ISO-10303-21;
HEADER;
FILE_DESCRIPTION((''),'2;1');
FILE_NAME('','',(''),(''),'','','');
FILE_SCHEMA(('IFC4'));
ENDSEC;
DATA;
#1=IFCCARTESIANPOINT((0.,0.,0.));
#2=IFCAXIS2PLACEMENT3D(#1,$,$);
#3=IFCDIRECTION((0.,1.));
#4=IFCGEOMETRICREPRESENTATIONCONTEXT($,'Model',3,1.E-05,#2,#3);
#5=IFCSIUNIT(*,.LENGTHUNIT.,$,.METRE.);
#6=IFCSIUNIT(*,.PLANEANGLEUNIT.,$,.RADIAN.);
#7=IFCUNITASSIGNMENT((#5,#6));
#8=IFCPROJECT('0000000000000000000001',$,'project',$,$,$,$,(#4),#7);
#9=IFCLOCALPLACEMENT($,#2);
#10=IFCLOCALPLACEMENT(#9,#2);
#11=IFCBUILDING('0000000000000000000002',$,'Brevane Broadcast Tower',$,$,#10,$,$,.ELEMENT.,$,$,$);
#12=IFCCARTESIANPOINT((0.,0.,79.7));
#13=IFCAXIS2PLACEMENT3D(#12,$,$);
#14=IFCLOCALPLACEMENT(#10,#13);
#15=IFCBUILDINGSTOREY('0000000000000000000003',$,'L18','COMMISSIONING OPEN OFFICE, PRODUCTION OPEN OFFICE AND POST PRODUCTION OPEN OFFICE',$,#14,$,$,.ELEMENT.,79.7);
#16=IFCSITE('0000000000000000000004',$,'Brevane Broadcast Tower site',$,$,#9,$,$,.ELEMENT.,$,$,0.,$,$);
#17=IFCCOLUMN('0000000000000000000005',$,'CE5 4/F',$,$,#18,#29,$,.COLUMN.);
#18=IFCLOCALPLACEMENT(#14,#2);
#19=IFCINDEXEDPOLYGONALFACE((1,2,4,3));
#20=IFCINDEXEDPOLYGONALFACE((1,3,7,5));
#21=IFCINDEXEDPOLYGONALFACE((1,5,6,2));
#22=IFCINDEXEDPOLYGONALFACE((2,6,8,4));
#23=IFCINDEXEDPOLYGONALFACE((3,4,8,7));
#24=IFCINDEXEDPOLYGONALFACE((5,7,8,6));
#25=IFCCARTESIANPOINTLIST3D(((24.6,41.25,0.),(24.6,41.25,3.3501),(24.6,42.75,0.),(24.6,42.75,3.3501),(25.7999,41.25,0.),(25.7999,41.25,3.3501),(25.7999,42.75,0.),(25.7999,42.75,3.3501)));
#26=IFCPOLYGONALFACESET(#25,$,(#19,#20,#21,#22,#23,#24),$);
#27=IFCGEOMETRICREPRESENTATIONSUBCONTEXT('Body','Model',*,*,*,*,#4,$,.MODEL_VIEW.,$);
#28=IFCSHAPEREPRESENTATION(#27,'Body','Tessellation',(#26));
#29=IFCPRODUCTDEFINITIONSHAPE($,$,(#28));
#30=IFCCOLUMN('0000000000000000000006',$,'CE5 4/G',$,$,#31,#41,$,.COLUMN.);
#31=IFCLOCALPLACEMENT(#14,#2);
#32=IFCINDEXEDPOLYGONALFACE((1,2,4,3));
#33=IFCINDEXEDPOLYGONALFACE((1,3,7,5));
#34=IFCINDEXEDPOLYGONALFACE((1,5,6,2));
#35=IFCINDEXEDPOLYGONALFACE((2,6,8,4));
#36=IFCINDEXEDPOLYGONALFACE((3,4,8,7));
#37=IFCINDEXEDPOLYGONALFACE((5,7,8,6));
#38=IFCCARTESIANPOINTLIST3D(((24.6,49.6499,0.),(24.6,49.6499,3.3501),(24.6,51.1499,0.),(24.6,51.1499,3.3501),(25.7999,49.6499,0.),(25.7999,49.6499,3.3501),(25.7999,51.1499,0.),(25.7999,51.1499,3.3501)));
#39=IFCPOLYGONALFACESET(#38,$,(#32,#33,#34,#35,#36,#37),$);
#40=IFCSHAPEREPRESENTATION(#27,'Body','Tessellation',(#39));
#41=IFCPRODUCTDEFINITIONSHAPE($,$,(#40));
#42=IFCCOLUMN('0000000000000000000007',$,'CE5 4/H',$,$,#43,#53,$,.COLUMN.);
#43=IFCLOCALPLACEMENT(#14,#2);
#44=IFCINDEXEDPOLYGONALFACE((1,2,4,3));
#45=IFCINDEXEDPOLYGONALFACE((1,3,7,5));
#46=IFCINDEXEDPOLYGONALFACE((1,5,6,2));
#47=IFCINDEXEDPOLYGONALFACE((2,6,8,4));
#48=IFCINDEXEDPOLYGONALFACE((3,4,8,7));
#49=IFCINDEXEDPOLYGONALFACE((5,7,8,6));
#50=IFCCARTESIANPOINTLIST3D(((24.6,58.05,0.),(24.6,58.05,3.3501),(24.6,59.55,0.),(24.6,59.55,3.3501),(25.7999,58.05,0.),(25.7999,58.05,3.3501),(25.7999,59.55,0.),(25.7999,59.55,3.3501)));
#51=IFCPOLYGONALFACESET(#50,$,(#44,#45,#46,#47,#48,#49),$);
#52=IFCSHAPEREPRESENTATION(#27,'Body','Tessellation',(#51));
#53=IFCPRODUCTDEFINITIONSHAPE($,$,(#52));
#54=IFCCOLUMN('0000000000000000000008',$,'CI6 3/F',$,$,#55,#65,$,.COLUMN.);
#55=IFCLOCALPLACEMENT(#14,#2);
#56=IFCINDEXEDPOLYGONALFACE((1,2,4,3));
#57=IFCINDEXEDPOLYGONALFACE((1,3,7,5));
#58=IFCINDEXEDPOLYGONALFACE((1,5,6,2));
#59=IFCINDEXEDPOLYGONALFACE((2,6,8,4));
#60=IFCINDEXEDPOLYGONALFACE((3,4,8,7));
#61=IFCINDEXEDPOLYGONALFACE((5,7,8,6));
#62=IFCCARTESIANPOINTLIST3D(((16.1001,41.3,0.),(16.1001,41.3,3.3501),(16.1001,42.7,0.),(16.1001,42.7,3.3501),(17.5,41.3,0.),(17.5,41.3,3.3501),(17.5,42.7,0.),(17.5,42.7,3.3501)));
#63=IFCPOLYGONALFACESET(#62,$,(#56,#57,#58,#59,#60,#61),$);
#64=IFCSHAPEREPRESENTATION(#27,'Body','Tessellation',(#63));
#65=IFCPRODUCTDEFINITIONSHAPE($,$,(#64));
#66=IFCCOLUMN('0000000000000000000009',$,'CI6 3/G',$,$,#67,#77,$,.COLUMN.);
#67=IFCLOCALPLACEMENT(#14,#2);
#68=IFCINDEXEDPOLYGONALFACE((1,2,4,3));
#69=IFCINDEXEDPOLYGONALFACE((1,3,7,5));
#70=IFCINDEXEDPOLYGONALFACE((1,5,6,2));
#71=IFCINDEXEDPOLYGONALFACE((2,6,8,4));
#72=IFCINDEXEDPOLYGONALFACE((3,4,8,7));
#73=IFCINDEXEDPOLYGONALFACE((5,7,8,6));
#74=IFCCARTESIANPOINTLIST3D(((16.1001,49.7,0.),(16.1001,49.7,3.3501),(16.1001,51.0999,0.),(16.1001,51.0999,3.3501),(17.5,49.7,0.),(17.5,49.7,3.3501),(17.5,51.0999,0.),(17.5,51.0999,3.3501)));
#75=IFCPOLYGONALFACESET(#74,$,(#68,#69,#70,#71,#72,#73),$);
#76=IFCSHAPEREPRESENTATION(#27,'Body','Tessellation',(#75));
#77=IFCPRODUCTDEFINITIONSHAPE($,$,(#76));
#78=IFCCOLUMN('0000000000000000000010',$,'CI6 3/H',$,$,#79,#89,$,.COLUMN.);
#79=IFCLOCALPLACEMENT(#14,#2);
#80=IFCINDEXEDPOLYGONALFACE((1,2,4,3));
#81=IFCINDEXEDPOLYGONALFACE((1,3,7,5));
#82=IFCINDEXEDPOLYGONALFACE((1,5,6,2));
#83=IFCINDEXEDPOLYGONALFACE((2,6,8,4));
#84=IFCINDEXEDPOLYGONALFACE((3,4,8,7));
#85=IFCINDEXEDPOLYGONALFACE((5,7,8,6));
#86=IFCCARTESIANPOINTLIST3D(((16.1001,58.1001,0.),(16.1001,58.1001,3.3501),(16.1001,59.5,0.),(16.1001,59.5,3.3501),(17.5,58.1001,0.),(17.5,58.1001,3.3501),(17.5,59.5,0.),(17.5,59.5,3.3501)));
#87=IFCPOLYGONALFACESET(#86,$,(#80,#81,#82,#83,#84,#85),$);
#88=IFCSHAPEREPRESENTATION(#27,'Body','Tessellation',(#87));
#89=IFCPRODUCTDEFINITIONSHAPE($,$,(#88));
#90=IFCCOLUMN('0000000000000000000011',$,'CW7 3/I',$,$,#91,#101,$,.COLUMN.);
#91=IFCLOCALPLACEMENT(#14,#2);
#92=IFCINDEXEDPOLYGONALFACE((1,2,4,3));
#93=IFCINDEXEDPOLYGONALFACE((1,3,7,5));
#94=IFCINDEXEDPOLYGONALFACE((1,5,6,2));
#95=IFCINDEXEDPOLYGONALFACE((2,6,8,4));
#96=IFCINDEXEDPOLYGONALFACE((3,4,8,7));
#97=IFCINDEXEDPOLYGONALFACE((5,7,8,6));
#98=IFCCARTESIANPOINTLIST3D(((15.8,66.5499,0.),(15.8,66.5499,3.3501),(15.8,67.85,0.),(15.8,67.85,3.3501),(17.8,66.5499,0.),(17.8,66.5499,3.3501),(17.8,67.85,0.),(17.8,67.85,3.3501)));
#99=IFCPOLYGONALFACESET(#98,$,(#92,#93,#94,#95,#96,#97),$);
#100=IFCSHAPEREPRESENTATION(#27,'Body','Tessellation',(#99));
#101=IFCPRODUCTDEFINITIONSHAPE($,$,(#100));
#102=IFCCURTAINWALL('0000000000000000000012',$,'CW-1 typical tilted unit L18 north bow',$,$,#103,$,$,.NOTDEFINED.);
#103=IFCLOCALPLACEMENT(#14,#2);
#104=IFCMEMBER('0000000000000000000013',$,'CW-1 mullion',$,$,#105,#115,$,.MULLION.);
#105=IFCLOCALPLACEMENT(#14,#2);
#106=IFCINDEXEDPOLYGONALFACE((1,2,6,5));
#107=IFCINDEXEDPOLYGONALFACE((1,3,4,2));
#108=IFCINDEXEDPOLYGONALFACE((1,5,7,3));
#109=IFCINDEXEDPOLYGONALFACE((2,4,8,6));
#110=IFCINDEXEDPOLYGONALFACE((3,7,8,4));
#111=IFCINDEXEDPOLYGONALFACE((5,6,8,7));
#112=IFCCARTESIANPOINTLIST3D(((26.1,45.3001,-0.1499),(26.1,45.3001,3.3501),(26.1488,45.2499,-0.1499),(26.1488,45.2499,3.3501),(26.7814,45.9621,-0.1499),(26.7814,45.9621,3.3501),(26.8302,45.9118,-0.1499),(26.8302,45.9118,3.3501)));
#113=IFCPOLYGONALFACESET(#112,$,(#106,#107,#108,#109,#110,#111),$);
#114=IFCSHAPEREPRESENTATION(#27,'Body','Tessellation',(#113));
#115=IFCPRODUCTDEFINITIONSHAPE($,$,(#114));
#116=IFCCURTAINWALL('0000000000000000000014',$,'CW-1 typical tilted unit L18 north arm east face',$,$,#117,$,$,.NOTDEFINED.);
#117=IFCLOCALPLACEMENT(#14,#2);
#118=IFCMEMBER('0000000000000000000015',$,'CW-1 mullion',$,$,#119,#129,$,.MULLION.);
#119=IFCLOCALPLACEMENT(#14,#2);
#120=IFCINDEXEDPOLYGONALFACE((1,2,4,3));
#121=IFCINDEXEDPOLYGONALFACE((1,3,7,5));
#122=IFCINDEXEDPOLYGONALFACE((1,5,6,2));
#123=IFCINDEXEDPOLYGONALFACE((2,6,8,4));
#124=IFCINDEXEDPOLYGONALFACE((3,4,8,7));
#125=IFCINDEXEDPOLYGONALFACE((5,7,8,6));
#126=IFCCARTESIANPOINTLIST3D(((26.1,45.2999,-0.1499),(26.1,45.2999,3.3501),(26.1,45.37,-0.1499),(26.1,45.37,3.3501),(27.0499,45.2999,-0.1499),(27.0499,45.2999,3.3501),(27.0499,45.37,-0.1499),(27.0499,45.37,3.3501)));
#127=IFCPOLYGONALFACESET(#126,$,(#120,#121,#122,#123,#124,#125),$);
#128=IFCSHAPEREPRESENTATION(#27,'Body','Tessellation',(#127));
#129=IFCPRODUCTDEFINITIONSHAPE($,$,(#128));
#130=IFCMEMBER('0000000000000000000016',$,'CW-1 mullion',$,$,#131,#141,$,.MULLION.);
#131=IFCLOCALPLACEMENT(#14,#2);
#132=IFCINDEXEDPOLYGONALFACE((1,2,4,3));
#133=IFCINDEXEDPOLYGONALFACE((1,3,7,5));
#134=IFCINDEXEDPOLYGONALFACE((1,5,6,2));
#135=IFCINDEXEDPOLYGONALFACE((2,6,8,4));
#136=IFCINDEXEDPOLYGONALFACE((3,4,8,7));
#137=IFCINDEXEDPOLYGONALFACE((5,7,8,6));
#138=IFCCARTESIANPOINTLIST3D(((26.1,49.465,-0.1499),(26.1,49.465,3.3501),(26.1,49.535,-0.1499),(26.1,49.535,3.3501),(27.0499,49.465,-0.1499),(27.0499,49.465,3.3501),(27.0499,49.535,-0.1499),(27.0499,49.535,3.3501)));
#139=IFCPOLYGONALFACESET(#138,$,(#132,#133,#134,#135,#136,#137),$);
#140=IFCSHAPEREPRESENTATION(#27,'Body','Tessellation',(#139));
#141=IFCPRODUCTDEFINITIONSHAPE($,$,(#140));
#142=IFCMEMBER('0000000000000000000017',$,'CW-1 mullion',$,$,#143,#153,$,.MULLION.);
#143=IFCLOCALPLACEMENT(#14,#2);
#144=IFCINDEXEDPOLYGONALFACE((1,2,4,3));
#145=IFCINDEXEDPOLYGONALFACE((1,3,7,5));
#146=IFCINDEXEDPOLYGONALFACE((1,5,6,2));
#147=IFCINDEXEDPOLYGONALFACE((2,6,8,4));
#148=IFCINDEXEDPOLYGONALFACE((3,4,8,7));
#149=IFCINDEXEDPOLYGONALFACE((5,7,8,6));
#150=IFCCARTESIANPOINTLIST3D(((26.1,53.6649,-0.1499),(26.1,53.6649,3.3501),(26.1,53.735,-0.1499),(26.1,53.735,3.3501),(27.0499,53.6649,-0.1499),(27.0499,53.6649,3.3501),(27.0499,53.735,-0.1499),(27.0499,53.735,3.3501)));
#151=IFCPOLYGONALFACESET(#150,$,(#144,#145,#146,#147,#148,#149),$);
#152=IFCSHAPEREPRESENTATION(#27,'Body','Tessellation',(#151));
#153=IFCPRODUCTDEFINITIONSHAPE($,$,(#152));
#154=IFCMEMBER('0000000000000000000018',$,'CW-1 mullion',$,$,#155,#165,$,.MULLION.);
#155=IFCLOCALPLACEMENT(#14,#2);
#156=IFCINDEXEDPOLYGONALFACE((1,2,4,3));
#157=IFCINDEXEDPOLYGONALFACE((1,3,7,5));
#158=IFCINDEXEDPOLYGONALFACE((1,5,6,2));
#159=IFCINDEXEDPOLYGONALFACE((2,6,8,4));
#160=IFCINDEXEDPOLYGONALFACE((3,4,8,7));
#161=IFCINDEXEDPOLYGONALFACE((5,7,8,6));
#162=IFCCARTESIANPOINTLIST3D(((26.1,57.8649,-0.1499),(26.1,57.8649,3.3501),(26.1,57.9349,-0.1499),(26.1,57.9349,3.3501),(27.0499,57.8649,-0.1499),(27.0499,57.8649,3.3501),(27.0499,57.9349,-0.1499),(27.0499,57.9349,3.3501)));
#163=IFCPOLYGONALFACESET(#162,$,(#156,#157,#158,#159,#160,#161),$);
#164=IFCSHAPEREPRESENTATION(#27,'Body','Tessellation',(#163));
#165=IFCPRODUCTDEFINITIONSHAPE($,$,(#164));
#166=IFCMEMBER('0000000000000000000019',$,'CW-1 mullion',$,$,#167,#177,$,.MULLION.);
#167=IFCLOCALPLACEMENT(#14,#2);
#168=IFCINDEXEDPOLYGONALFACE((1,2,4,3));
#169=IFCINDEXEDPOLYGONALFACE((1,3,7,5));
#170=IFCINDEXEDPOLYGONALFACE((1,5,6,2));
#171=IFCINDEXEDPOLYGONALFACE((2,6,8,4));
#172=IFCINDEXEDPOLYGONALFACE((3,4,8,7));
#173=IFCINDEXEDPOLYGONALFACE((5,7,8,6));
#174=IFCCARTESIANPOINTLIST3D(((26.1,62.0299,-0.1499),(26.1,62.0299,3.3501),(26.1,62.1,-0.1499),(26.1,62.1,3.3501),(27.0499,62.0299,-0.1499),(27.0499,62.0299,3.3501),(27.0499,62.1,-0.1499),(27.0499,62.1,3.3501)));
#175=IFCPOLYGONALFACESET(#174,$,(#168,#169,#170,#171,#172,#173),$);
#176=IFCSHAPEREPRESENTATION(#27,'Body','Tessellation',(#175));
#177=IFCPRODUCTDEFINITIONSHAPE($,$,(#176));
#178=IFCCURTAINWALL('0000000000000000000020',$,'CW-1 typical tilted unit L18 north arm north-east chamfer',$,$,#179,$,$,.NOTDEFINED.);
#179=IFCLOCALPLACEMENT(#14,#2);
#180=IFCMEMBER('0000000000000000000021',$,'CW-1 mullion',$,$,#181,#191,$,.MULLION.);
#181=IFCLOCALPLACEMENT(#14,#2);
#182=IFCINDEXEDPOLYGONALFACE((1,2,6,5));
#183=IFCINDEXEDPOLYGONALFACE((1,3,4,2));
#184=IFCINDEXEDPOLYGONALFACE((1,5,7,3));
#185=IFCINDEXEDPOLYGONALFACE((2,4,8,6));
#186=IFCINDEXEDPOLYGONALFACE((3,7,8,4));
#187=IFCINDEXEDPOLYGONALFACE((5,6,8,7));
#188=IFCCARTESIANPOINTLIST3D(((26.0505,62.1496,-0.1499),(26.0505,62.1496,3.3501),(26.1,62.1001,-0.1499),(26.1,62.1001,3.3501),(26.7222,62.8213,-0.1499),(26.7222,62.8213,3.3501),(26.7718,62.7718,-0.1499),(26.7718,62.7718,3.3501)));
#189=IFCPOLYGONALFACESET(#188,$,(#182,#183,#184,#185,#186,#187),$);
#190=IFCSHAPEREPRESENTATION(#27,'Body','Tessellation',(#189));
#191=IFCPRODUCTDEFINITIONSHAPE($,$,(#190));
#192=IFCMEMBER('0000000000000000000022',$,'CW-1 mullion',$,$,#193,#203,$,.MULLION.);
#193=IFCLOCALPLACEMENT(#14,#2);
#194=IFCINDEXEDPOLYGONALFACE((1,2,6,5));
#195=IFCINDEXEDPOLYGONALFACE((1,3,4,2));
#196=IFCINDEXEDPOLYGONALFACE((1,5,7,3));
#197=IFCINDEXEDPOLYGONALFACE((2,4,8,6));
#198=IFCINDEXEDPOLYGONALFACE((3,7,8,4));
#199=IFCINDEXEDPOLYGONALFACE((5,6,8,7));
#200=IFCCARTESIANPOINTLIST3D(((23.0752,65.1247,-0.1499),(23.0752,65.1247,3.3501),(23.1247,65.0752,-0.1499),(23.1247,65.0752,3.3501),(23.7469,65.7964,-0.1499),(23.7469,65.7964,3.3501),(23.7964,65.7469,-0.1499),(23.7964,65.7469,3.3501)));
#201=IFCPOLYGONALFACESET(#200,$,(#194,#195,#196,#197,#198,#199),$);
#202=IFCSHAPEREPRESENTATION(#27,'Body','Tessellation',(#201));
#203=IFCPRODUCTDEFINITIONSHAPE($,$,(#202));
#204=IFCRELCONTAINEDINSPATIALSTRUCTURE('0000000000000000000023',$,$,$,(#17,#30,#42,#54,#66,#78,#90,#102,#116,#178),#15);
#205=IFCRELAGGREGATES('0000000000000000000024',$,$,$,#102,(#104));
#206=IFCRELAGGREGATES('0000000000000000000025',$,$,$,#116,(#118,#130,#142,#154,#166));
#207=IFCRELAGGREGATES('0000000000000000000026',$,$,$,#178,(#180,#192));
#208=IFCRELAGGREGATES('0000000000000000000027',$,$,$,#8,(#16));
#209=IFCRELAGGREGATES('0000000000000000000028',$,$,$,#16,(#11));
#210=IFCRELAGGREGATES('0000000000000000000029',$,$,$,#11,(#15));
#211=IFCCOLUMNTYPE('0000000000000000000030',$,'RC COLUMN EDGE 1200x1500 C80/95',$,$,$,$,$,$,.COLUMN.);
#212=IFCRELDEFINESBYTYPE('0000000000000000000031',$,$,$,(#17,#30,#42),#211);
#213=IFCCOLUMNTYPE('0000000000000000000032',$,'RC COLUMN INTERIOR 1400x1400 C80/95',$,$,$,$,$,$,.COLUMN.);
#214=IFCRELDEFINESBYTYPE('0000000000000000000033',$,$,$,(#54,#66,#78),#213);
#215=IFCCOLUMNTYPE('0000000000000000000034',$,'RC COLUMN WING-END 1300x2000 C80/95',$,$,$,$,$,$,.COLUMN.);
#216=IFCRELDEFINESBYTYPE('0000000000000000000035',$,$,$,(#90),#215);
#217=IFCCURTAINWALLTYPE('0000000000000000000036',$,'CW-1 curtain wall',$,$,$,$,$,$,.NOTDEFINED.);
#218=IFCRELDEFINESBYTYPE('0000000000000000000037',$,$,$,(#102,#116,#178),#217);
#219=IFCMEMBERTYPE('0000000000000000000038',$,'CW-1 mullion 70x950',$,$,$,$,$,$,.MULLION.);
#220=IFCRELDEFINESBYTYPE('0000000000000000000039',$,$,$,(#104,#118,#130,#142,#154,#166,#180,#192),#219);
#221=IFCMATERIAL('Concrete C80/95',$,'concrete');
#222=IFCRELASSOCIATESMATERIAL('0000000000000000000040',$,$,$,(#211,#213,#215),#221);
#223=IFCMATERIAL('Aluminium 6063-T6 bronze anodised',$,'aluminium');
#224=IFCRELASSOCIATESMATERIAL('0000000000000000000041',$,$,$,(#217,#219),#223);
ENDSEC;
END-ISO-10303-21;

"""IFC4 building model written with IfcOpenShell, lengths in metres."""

from ifc_helpers import new_model, si_unit, direction, frame, origin, origin_2d, place, context, subcontext, project, spatial, rectangle, extrude, material, material_profile, profile_set, type_object, element, aggregate, save


model = new_model("IFC4")

# Units and contexts
model_context = context("Model", 3, precision=1e-05, world=origin(), true_north=direction((0.0, 1.0)))
body_context = subcontext(model_context, "Body", "Model", "MODEL_VIEW")
ifc_project = project(units=[si_unit("LENGTHUNIT", "METRE"), si_unit("PLANEANGLEUNIT", "RADIAN")], contexts=[model_context])

# Site, building, storey
site_placement = place(None, origin())
site = spatial("IfcSite", under=ifc_project, at=site_placement, Name="Brevane Broadcast Tower site", CompositionType="ELEMENT", RefElevation=0.0)
building_placement = place(site_placement, origin())
building = spatial("IfcBuilding", under=site, at=building_placement, Name="Brevane Broadcast Tower", CompositionType="ELEMENT")
storey_placement = place(building_placement, frame((0.0, 0.0, 79.7)))
storey = spatial("IfcBuildingStorey", under=building, at=storey_placement, Name="L18", Description="COMMISSIONING OPEN OFFICE, PRODUCTION OPEN OFFICE AND POST PRODUCTION OPEN OFFICE", CompositionType="ELEMENT", Elevation=79.7)

# Columns
ifc_material_1 = material(Name="Concrete C80/95", Category="concrete")
ifc_material_profile_1 = material_profile(ifc_material_1, rectangle(XDim=1.2, YDim=1.5, at=origin_2d()), Name="RC 1200x1500")
ifc_profile_set_1 = profile_set([ifc_material_profile_1], Name="Concrete C80/95")
column_type_1 = type_object("IfcColumnType", Name="RC COLUMN EDGE 1200x1500 C80/95", PredefinedType="COLUMN", material=ifc_profile_set_1)
for number, where, z_axis, x_axis, name in (
    (1, (25.2, 42.0, 0.0), (0.0, 0.0, 1.0), (1.0, 0.0, 0.0), "CE5 4/F"),
    (2, (25.2, 50.3999, 0.0), (0.0, 0.0, 1.0), (1.0, 0.0, 0.0), "CE5 4/G"),
    (3, (25.2, 58.8, 0.0), (0.0, 0.0, 1.0), (1.0, 0.0, 0.0), "CE5 4/H"),
):
    element("IfcColumn", number, at=place(storey_placement, frame(where, z_axis=z_axis, x_axis=x_axis)), inside=storey, type_object=column_type_1, Name=name, PredefinedType="COLUMN", context=body_context, shape_type="SweptSolid", body=[
        extrude(rectangle(XDim=1.2, YDim=1.5, at=origin_2d()), origin(), (0.0, 0.0, 1.0), 3.3501),
    ])
ifc_material_profile_2 = material_profile(ifc_material_1, rectangle(XDim=1.3999, YDim=1.3999, at=origin_2d()), Name="RC 1400x1400")
ifc_profile_set_2 = profile_set([ifc_material_profile_2], Name="Concrete C80/95")
column_type_2 = type_object("IfcColumnType", Name="RC COLUMN INTERIOR 1400x1400 C80/95", PredefinedType="COLUMN", material=ifc_profile_set_2)
for number, where, z_axis, x_axis, name in (
    (4, (16.8, 42.0, 0.0), (0.0, 0.0, 1.0), (1.0, 0.0, 0.0), "CI6 3/F"),
    (5, (16.8, 50.3999, 0.0), (0.0, 0.0, 1.0), (1.0, 0.0, 0.0), "CI6 3/G"),
    (6, (16.8, 58.8, 0.0), (0.0, 0.0, 1.0), (1.0, 0.0, 0.0), "CI6 3/H"),
):
    element("IfcColumn", number, at=place(storey_placement, frame(where, z_axis=z_axis, x_axis=x_axis)), inside=storey, type_object=column_type_2, Name=name, PredefinedType="COLUMN", context=body_context, shape_type="SweptSolid", body=[
        extrude(rectangle(XDim=1.3999, YDim=1.3999, at=origin_2d()), origin(), (0.0, 0.0, 1.0), 3.3501),
    ])
ifc_material_profile_3 = material_profile(ifc_material_1, rectangle(XDim=1.3, YDim=2.0, at=origin_2d()), Name="RC 1300x2000")
ifc_profile_set_3 = profile_set([ifc_material_profile_3], Name="Concrete C80/95")
column_type_3 = type_object("IfcColumnType", Name="RC COLUMN WING-END 1300x2000 C80/95", PredefinedType="COLUMN", material=ifc_profile_set_3)
column_placement = place(storey_placement, frame((16.8, 67.2, 0.0), z_axis=(0.0, 0.0, 1.0), x_axis=(0.0, 1.0, 0.0)))
element("IfcColumn", 7, at=column_placement, inside=storey, type_object=column_type_3, Name="CW7 3/I", PredefinedType="COLUMN", context=body_context, shape_type="SweptSolid", body=[
    extrude(rectangle(XDim=1.3, YDim=2.0, at=origin_2d()), origin(), (0.0, 0.0, 1.0), 3.3501),
])

# Curtain wall, member
ifc_material_2 = material(Name="Aluminium 6063-T6 bronze anodised", Category="aluminium")
curtain_wall_type = type_object("IfcCurtainWallType", Name="CW-1 curtain wall", PredefinedType="NOTDEFINED", material=ifc_material_2)
curtain_wall_1_placement = place(storey_placement, origin())
curtain_wall_1 = element("IfcCurtainWall", 8, at=curtain_wall_1_placement, inside=storey, type_object=curtain_wall_type, Name="CW-1 typical tilted unit L18 north bow", PredefinedType="NOTDEFINED")
ifc_material_profile_4 = material_profile(ifc_material_2, rectangle(XDim=0.95, YDim=0.0701, at=origin_2d()), Name="RECT 70x950")
ifc_profile_set_4 = profile_set([ifc_material_profile_4], Name="Aluminium 6063-T6 bronze anodised")
member_type_1 = type_object("IfcMemberType", Name="CW-1 mullion 70x950", PredefinedType="MULLION", material=ifc_profile_set_4)
member_1_placement = place(storey_placement, frame((26.4651, 45.606, -0.1499), z_axis=(0.0, 0.0, 1.0), x_axis=(-0.717254, -0.696812, 0.0)))
member_1 = element("IfcMember", 9, at=member_1_placement, type_object=member_type_1, Name="CW-1 mullion", PredefinedType="MULLION", context=body_context, shape_type="SweptSolid", body=[
    extrude(rectangle(XDim=0.95, YDim=0.0701, at=origin_2d()), origin(), (0.0, 0.0, 1.0), 3.5),
])
aggregate(curtain_wall_1, [member_1])

# Curtain walls, members
curtain_wall_2_placement = place(storey_placement, origin())
curtain_wall_2 = element("IfcCurtainWall", 10, at=curtain_wall_2_placement, inside=storey, type_object=curtain_wall_type, Name="CW-1 typical tilted unit L18 north arm east face", PredefinedType="NOTDEFINED")
member_2_placement = place(storey_placement, frame((26.575, 45.335, -0.1499), z_axis=(0.0, 0.0, 1.0), x_axis=(-1.0, 0.0, 0.0)))
member_2 = element("IfcMember", 11, at=member_2_placement, type_object=member_type_1, Name="CW-1 mullion", PredefinedType="MULLION", context=body_context, shape_type="SweptSolid", body=[
    extrude(rectangle(XDim=0.95, YDim=0.0701, at=origin_2d()), origin(), (0.0, 0.0, 1.0), 3.5),
])
member_3_placement = place(storey_placement, frame((26.575, 49.5, -0.1499), z_axis=(0.0, 0.0, 1.0), x_axis=(-1.0, 0.0, 0.0)))
member_3 = element("IfcMember", 12, at=member_3_placement, type_object=member_type_1, Name="CW-1 mullion", PredefinedType="MULLION", context=body_context, shape_type="SweptSolid", body=[
    extrude(rectangle(XDim=0.95, YDim=0.0701, at=origin_2d()), origin(), (0.0, 0.0, 1.0), 3.5),
])
member_4_placement = place(storey_placement, frame((26.575, 53.7, -0.1499), z_axis=(0.0, 0.0, 1.0), x_axis=(-1.0, 0.0, 0.0)))
member_4 = element("IfcMember", 13, at=member_4_placement, type_object=member_type_1, Name="CW-1 mullion", PredefinedType="MULLION", context=body_context, shape_type="SweptSolid", body=[
    extrude(rectangle(XDim=0.95, YDim=0.0701, at=origin_2d()), origin(), (0.0, 0.0, 1.0), 3.5),
])
member_5_placement = place(storey_placement, frame((26.575, 57.8999, -0.1499), z_axis=(0.0, 0.0, 1.0), x_axis=(-1.0, 0.0, 0.0)))
member_5 = element("IfcMember", 14, at=member_5_placement, type_object=member_type_1, Name="CW-1 mullion", PredefinedType="MULLION", context=body_context, shape_type="SweptSolid", body=[
    extrude(rectangle(XDim=0.95, YDim=0.0701, at=origin_2d()), origin(), (0.0, 0.0, 1.0), 3.5),
])
member_6_placement = place(storey_placement, frame((26.575, 62.0649, -0.1499), z_axis=(0.0, 0.0, 1.0), x_axis=(-1.0, 0.0, 0.0)))
member_6 = element("IfcMember", 15, at=member_6_placement, type_object=member_type_1, Name="CW-1 mullion", PredefinedType="MULLION", context=body_context, shape_type="SweptSolid", body=[
    extrude(rectangle(XDim=0.95, YDim=0.0701, at=origin_2d()), origin(), (0.0, 0.0, 1.0), 3.5),
])
curtain_wall_3_placement = place(storey_placement, origin())
curtain_wall_3 = element("IfcCurtainWall", 16, at=curtain_wall_3_placement, inside=storey, type_object=curtain_wall_type, Name="CW-1 typical tilted unit L18 north arm north-east chamfer", PredefinedType="NOTDEFINED")
member_7_placement = place(storey_placement, frame((26.4111, 62.4607, -0.1499), z_axis=(0.0, 0.0, 1.0), x_axis=(-0.707107, -0.707107, 0.0)))
member_7 = element("IfcMember", 17, at=member_7_placement, type_object=member_type_1, Name="CW-1 mullion", PredefinedType="MULLION", context=body_context, shape_type="SweptSolid", body=[
    extrude(rectangle(XDim=0.95, YDim=0.0701, at=origin_2d()), origin(), (0.0, 0.0, 1.0), 3.5),
])
member_8_placement = place(storey_placement, frame((23.4358, 65.4358, -0.1499), z_axis=(0.0, 0.0, 1.0), x_axis=(-0.707107, -0.707107, 0.0)))
member_8 = element("IfcMember", 18, at=member_8_placement, type_object=member_type_1, Name="CW-1 mullion", PredefinedType="MULLION", context=body_context, shape_type="SweptSolid", body=[
    extrude(rectangle(XDim=0.95, YDim=0.0701, at=origin_2d()), origin(), (0.0, 0.0, 1.0), 3.5),
])

aggregate(curtain_wall_2, [member_2, member_3, member_4, member_5, member_6])
aggregate(curtain_wall_3, [member_7, member_8])

save(model, "model.ifc")
